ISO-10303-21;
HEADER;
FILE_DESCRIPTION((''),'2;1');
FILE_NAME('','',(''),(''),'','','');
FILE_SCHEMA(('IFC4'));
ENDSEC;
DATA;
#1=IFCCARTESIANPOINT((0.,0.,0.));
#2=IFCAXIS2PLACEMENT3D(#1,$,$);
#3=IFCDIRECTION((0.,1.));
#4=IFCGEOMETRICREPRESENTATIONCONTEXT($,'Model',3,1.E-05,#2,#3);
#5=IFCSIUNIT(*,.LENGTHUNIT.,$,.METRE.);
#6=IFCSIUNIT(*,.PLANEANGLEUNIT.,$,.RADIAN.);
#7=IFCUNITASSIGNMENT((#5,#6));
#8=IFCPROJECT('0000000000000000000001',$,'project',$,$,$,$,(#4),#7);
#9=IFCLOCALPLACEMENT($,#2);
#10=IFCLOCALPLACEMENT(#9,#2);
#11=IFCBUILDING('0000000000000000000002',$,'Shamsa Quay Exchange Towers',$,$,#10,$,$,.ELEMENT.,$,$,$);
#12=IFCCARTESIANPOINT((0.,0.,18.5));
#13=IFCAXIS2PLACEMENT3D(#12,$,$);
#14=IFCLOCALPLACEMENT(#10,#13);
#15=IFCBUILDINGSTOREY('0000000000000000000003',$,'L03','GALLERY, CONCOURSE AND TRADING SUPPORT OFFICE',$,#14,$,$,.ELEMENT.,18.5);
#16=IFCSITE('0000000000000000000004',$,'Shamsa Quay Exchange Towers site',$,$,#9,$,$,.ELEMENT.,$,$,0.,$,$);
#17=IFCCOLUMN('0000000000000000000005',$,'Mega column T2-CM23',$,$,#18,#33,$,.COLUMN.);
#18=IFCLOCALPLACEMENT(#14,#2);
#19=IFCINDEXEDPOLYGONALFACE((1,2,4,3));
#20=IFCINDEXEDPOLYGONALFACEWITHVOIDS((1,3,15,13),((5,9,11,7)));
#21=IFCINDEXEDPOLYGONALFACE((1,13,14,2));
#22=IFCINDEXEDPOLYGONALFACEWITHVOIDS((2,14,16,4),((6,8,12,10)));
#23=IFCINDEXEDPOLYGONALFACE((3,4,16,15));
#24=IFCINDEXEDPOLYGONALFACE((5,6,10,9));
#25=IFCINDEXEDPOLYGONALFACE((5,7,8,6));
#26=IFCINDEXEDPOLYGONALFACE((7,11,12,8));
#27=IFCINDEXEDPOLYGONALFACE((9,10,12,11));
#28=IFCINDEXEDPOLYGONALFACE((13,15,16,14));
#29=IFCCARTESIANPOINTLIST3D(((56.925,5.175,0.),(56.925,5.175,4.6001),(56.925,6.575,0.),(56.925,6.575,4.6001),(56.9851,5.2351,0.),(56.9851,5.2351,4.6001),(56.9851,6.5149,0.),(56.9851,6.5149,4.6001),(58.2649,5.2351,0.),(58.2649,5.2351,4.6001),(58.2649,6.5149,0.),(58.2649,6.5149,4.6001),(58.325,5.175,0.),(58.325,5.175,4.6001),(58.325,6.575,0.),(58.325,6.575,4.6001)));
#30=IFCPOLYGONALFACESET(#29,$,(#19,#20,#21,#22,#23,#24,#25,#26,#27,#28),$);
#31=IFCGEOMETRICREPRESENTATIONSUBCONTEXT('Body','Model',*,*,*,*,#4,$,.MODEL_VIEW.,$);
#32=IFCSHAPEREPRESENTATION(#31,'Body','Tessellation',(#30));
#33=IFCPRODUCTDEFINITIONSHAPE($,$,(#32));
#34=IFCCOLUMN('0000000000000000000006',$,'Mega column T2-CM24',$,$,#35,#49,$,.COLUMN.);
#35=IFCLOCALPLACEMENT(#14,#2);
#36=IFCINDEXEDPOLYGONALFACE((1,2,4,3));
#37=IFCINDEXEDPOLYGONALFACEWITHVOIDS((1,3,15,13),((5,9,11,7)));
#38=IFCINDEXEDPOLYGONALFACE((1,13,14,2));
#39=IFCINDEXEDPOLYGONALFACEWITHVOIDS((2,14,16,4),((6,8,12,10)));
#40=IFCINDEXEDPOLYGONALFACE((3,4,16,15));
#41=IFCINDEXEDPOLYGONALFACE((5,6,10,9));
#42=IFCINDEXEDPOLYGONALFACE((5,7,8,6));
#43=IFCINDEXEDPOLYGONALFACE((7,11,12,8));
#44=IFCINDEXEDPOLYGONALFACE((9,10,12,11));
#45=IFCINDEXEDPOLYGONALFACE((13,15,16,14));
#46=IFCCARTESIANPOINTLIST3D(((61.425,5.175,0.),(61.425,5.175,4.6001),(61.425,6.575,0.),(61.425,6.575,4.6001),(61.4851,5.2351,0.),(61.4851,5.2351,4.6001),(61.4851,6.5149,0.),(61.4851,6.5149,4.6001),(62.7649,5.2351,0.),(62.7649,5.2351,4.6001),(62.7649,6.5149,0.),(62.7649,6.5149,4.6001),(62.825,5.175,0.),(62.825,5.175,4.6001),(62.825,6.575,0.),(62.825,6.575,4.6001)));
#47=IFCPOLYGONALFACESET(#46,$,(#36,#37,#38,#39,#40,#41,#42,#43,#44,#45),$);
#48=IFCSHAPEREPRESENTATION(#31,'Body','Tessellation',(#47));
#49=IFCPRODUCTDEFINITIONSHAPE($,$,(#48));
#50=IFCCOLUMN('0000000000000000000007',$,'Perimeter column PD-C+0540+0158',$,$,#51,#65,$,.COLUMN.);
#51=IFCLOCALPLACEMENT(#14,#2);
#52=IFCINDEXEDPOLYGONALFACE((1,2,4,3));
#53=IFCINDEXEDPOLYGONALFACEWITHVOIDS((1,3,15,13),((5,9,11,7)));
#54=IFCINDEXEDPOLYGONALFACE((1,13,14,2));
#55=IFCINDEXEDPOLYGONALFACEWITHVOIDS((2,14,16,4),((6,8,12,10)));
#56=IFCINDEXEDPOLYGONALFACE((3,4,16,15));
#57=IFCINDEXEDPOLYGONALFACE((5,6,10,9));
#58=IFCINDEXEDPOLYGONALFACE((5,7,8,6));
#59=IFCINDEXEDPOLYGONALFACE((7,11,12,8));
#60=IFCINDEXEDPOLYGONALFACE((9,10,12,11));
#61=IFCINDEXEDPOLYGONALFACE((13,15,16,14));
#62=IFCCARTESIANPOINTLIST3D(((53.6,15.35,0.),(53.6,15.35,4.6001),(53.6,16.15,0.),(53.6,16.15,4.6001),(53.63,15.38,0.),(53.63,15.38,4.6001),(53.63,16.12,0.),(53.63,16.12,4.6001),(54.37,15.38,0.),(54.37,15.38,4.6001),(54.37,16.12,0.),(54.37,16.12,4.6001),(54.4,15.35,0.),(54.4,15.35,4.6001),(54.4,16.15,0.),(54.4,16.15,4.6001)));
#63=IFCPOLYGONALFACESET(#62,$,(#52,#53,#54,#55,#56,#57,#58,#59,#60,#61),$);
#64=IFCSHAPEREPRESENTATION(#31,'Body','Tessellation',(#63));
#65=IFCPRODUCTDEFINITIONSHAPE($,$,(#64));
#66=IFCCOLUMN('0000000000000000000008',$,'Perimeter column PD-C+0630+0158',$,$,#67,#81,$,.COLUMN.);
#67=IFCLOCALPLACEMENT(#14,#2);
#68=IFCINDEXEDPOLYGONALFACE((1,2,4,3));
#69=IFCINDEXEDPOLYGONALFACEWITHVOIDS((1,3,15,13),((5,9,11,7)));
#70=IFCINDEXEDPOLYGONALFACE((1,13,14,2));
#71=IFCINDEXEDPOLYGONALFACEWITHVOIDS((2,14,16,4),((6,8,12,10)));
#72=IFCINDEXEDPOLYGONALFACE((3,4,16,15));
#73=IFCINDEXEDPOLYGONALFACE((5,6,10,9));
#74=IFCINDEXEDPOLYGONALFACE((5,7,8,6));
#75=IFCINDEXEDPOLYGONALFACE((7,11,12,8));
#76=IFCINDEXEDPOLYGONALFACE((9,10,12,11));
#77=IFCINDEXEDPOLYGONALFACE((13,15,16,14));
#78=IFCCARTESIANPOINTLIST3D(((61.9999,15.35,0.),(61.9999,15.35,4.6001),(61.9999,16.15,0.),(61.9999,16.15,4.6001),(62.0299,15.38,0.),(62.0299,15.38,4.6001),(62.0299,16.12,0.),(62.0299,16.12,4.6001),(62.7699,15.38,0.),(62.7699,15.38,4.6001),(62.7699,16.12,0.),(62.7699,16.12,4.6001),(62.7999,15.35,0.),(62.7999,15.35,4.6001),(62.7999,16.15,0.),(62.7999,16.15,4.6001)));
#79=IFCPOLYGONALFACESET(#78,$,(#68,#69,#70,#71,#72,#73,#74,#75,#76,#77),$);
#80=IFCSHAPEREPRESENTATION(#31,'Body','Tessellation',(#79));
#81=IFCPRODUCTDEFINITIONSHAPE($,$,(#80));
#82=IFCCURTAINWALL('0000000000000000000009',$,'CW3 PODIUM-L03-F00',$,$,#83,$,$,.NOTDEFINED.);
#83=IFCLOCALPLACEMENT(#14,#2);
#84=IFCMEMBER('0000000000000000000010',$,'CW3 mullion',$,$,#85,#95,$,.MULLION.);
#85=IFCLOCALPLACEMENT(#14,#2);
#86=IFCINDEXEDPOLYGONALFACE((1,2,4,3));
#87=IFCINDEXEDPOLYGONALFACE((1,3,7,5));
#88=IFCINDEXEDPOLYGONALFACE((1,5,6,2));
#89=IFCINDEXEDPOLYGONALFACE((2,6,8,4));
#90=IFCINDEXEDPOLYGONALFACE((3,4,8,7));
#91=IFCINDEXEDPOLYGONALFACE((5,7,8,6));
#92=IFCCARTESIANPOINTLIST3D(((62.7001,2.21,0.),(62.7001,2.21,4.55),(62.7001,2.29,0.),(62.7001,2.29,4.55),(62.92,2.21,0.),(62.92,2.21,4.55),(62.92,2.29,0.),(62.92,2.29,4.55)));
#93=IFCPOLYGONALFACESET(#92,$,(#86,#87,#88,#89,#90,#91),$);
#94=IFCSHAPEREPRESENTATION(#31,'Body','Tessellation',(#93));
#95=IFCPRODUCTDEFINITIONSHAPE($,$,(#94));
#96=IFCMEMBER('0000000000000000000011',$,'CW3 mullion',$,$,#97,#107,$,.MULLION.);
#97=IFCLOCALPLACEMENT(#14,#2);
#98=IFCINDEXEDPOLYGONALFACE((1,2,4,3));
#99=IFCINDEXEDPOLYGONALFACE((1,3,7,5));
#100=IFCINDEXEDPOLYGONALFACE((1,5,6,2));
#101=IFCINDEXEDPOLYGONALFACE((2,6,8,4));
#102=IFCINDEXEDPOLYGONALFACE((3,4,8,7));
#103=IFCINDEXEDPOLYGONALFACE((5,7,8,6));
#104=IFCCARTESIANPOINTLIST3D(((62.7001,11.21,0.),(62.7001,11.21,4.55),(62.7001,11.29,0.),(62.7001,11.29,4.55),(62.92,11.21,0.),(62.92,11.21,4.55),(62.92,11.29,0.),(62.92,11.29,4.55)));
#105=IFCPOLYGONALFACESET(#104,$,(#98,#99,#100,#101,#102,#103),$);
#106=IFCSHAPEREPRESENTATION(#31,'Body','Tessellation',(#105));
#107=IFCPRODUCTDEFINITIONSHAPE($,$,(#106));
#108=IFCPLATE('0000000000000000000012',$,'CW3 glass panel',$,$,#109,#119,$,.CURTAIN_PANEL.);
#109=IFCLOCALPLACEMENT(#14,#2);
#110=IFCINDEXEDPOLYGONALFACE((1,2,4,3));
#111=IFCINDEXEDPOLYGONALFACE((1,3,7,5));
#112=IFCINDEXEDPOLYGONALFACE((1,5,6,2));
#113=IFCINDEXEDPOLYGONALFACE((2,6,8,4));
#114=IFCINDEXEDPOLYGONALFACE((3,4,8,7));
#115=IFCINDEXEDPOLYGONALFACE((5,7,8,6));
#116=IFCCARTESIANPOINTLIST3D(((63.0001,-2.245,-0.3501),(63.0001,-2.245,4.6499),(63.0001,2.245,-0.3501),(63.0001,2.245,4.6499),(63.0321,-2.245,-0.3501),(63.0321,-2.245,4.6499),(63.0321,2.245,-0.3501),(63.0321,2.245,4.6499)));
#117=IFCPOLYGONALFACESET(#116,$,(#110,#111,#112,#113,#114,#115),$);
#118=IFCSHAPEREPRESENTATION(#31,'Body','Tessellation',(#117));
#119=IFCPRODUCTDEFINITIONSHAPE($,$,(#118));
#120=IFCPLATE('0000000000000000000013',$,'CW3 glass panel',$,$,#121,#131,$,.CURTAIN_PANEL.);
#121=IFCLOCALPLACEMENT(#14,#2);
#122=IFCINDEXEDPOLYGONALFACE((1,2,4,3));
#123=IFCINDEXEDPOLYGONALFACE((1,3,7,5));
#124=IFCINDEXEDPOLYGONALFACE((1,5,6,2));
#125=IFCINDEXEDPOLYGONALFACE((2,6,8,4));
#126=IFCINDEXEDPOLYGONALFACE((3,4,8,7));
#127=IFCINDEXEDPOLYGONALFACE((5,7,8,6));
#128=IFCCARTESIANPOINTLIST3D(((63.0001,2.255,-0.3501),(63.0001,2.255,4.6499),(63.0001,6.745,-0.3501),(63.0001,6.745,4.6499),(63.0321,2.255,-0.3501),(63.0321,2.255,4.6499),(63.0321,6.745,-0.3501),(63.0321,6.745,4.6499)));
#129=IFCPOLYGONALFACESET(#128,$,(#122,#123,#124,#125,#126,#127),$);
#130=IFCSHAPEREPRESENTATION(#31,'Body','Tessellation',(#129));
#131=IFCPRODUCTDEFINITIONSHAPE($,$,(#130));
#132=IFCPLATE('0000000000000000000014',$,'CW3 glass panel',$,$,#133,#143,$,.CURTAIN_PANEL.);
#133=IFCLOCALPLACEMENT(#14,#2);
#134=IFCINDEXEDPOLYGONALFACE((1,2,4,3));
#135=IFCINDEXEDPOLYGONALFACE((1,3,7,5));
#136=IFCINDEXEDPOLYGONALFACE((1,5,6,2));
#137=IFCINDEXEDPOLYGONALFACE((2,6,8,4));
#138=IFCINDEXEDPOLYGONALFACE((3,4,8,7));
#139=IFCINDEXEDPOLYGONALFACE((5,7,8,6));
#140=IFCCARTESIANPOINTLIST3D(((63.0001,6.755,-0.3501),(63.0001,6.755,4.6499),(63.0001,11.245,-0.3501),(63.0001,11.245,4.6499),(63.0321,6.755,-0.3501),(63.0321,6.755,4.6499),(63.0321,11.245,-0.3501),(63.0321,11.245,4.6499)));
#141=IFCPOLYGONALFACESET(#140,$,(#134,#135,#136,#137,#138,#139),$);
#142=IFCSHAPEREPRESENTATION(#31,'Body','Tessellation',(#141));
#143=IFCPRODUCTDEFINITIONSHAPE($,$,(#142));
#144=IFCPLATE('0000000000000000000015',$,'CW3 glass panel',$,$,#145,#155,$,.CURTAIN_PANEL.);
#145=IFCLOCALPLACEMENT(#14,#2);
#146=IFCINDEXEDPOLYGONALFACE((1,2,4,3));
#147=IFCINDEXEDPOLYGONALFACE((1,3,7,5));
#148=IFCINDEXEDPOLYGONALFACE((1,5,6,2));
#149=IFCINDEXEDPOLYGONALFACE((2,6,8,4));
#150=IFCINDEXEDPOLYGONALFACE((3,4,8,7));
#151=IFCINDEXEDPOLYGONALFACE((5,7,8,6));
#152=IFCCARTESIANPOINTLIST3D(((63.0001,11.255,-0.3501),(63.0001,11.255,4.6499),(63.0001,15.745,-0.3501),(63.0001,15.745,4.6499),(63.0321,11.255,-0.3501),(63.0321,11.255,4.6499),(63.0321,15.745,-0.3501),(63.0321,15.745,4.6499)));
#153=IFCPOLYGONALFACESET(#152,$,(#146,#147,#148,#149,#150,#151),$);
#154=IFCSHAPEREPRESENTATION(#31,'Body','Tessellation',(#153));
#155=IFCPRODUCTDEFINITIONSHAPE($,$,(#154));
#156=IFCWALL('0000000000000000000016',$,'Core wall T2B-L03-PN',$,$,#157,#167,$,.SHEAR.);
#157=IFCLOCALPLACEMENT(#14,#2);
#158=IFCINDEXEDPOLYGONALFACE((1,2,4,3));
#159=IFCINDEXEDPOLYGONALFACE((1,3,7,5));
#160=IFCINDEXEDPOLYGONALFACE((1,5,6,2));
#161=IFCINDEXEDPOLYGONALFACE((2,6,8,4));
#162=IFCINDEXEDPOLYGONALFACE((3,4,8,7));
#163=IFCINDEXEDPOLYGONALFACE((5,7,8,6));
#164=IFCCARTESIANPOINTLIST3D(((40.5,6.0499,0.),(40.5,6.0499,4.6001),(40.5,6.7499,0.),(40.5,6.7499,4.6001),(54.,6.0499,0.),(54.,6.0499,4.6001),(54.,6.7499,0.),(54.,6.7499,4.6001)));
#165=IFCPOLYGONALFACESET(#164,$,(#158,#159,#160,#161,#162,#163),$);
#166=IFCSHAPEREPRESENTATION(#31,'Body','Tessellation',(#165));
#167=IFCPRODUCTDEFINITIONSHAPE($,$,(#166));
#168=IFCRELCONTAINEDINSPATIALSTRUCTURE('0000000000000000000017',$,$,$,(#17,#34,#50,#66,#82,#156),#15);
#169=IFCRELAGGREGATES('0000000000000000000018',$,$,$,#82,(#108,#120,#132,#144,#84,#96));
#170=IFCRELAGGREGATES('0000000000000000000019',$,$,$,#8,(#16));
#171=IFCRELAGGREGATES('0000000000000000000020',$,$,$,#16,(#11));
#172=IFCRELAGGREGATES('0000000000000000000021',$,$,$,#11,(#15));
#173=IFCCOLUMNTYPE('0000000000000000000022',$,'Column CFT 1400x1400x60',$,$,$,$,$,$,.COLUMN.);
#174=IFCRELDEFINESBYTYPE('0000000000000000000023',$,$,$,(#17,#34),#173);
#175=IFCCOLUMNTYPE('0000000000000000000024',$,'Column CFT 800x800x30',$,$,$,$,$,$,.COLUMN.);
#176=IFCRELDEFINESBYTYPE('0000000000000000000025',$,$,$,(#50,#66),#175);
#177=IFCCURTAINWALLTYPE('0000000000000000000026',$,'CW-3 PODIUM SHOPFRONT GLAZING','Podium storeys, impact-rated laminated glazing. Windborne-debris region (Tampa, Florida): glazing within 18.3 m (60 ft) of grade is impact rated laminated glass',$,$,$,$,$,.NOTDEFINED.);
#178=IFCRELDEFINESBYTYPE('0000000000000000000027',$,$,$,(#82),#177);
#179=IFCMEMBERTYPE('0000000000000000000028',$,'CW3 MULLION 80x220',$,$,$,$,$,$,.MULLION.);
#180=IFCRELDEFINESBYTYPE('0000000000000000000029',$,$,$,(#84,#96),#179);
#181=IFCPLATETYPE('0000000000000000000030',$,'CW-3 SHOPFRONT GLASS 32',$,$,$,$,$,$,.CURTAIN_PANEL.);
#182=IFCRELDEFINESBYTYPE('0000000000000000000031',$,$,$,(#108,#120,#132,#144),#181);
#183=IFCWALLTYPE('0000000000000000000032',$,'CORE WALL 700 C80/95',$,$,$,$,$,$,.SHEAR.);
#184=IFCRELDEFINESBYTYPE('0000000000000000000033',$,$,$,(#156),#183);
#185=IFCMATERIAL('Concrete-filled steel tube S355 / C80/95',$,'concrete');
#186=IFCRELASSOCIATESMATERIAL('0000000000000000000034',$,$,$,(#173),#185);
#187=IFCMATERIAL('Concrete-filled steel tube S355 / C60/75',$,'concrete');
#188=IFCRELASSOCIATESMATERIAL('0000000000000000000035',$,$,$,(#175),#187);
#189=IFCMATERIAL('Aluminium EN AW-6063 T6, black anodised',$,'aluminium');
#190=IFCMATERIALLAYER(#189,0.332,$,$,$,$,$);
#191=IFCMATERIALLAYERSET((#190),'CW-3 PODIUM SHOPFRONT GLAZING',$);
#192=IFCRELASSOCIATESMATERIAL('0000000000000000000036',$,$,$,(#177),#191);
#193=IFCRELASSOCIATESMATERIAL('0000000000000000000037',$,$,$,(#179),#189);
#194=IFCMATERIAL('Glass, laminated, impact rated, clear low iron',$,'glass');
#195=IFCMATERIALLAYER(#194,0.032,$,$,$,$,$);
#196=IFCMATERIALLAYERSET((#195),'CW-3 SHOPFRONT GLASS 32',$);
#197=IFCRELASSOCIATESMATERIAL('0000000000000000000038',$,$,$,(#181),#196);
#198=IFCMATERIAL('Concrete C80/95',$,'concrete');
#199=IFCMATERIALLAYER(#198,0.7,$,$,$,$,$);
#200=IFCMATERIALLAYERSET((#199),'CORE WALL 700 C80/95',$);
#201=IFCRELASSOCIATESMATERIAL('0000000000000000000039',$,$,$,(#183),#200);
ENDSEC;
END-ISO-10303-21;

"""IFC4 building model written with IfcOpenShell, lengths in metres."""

from ifc_helpers import new_model, si_unit, direction, frame, frame_2d, origin, origin_2d, place, context, subcontext, project, spatial, rectangle, hollow_rectangle, extrude, material, layer, layer_set, material_profile, profile_set, type_object, element, aggregate, save


model = new_model("IFC4")

# Units and contexts
model_context = context("Model", 3, precision=1e-05, world=origin(), true_north=direction((0.0, 1.0)))
body_context = subcontext(model_context, "Body", "Model", "MODEL_VIEW")
ifc_project = project(units=[si_unit("LENGTHUNIT", "METRE"), si_unit("PLANEANGLEUNIT", "RADIAN")], contexts=[model_context])

# Site, building, storey
site_placement = place(None, origin())
site = spatial("IfcSite", under=ifc_project, at=site_placement, Name="Shamsa Quay Exchange Towers site", CompositionType="ELEMENT", RefElevation=0.0)
building_placement = place(site_placement, origin())
building = spatial("IfcBuilding", under=site, at=building_placement, Name="Shamsa Quay Exchange Towers", CompositionType="ELEMENT")
storey_placement = place(building_placement, frame((0.0, 0.0, 18.5)))
storey = spatial("IfcBuildingStorey", under=building, at=storey_placement, Name="L03", Description="GALLERY, CONCOURSE AND TRADING SUPPORT OFFICE", CompositionType="ELEMENT", Elevation=18.5)

# Columns
ifc_material_1 = material(Name="Concrete-filled steel tube S355 / C80/95", Category="concrete")
ifc_material_profile_1 = material_profile(ifc_material_1, hollow_rectangle(XDim=1.3999, YDim=1.3999, WallThickness=0.0601, at=origin_2d()), Name="CFT 1400x1400x60")
ifc_profile_set_1 = profile_set([ifc_material_profile_1], Name="Concrete-filled steel tube S355 / C80/95")
column_type_1 = type_object("IfcColumnType", Name="Column CFT 1400x1400x60", PredefinedType="COLUMN", material=ifc_profile_set_1)
for number, where, name in (
    (1, (57.625, 5.875, 0.0), "Mega column T2-CM23"),
    (2, (62.125, 5.875, 0.0), "Mega column T2-CM24"),
):
    element("IfcColumn", number, at=place(storey_placement, frame(where)), inside=storey, type_object=column_type_1, Name=name, PredefinedType="COLUMN", context=body_context, shape_type="SweptSolid", body=[
        extrude(hollow_rectangle(XDim=1.3999, YDim=1.3999, WallThickness=0.0601, at=origin_2d()), origin(), (0.0, 0.0, 1.0), 4.6001),
    ])
ifc_material_2 = material(Name="Concrete-filled steel tube S355 / C60/75", Category="concrete")
ifc_material_profile_2 = material_profile(ifc_material_2, hollow_rectangle(XDim=0.8, YDim=0.8, WallThickness=0.03, at=origin_2d()), Name="CFT 800x800x30")
ifc_profile_set_2 = profile_set([ifc_material_profile_2], Name="Concrete-filled steel tube S355 / C60/75")
column_type_2 = type_object("IfcColumnType", Name="Column CFT 800x800x30", PredefinedType="COLUMN", material=ifc_profile_set_2)
for number, where, name in (
    (3, (54.0, 15.75, 0.0), "Perimeter column PD-C+0540+0158"),
    (4, (62.3999, 15.75, 0.0), "Perimeter column PD-C+0630+0158"),
):
    element("IfcColumn", number, at=place(storey_placement, frame(where)), inside=storey, type_object=column_type_2, Name=name, PredefinedType="COLUMN", context=body_context, shape_type="SweptSolid", body=[
        extrude(hollow_rectangle(XDim=0.8, YDim=0.8, WallThickness=0.03, at=origin_2d()), origin(), (0.0, 0.0, 1.0), 4.6001),
    ])

# Curtain wall, members, plates
ifc_material_3 = material(Name="Aluminium EN AW-6063 T6, black anodised", Category="aluminium")
ifc_layer_1 = layer(ifc_material_3, 0.332)
ifc_layer_set_1 = layer_set([ifc_layer_1], Name="CW-3 PODIUM SHOPFRONT GLAZING")
curtain_wall_type = type_object("IfcCurtainWallType", Name="CW-3 PODIUM SHOPFRONT GLAZING", Description="Podium storeys, impact-rated laminated glazing. Windborne-debris region (Tampa, Florida): glazing within 18.3 m (60 ft) of grade is impact rated laminated glass", PredefinedType="NOTDEFINED", material=ifc_layer_set_1)
curtain_wall_placement = place(storey_placement, origin())
curtain_wall = element("IfcCurtainWall", 5, at=curtain_wall_placement, inside=storey, type_object=curtain_wall_type, Name="CW3 PODIUM-L03-F00", PredefinedType="NOTDEFINED")
ifc_material_profile_3 = material_profile(ifc_material_3, rectangle(XDim=0.22, YDim=0.0801, at=origin_2d()), Name="MU80x220")
ifc_profile_set_3 = profile_set([ifc_material_profile_3], Name="Aluminium EN AW-6063 T6, black anodised")
member_type = type_object("IfcMemberType", Name="CW3 MULLION 80x220", PredefinedType="MULLION", material=ifc_profile_set_3)
member_1_placement = place(storey_placement, frame((62.8101, 2.25, 0.0), z_axis=(0.0, 0.0, 1.0), x_axis=(-1.0, 0.0, 0.0)))
member_1 = element("IfcMember", 6, at=member_1_placement, type_object=member_type, Name="CW3 mullion", PredefinedType="MULLION", context=body_context, shape_type="SweptSolid", body=[
    extrude(rectangle(XDim=0.22, YDim=0.0801, at=origin_2d()), origin(), (0.0, 0.0, 1.0), 4.55),
])
member_2_placement = place(storey_placement, frame((62.8101, 11.25, 0.0), z_axis=(0.0, 0.0, 1.0), x_axis=(-1.0, 0.0, 0.0)))
member_2 = element("IfcMember", 7, at=member_2_placement, type_object=member_type, Name="CW3 mullion", PredefinedType="MULLION", context=body_context, shape_type="SweptSolid", body=[
    extrude(rectangle(XDim=0.22, YDim=0.0801, at=origin_2d()), origin(), (0.0, 0.0, 1.0), 4.55),
])
ifc_material_4 = material(Name="Glass, laminated, impact rated, clear low iron", Category="glass")
ifc_layer_2 = layer(ifc_material_4, 0.032)
ifc_layer_set_2 = layer_set([ifc_layer_2], Name="CW-3 SHOPFRONT GLASS 32")
plate_type = type_object("IfcPlateType", Name="CW-3 SHOPFRONT GLASS 32", PredefinedType="CURTAIN_PANEL", material=ifc_layer_set_2)
plate_1_placement = place(storey_placement, frame((63.0161, 0.0, -0.3501), z_axis=(0.0, 0.0, 1.0), x_axis=(0.0, 1.0, 0.0)))
plate_1 = element("IfcPlate", 8, at=plate_1_placement, type_object=plate_type, Name="CW3 glass panel", PredefinedType="CURTAIN_PANEL", context=body_context, shape_type="SweptSolid", body=[
    extrude(rectangle(XDim=4.49, YDim=0.032, at=origin_2d()), origin(), (0.0, 0.0, 1.0), 5.0),
])
plate_2_placement = place(storey_placement, frame((63.0161, 4.5, -0.3501), z_axis=(0.0, 0.0, 1.0), x_axis=(0.0, 1.0, 0.0)))
plate_2 = element("IfcPlate", 9, at=plate_2_placement, type_object=plate_type, Name="CW3 glass panel", PredefinedType="CURTAIN_PANEL", context=body_context, shape_type="SweptSolid", body=[
    extrude(rectangle(XDim=4.49, YDim=0.032, at=origin_2d()), origin(), (0.0, 0.0, 1.0), 5.0),
])
plate_3_placement = place(storey_placement, frame((63.0161, 9.0, -0.3501), z_axis=(0.0, 0.0, 1.0), x_axis=(0.0, 1.0, 0.0)))
plate_3 = element("IfcPlate", 10, at=plate_3_placement, type_object=plate_type, Name="CW3 glass panel", PredefinedType="CURTAIN_PANEL", context=body_context, shape_type="SweptSolid", body=[
    extrude(rectangle(XDim=4.49, YDim=0.032, at=origin_2d()), origin(), (0.0, 0.0, 1.0), 5.0),
])
plate_4_placement = place(storey_placement, frame((63.0161, 13.5, -0.3501), z_axis=(0.0, 0.0, 1.0), x_axis=(0.0, 1.0, 0.0)))
plate_4 = element("IfcPlate", 11, at=plate_4_placement, type_object=plate_type, Name="CW3 glass panel", PredefinedType="CURTAIN_PANEL", context=body_context, shape_type="SweptSolid", body=[
    extrude(rectangle(XDim=4.49, YDim=0.032, at=origin_2d()), origin(), (0.0, 0.0, 1.0), 5.0),
])
aggregate(curtain_wall, [plate_1, plate_2, plate_3, plate_4, member_1, member_2])

# Wall
ifc_material_5 = material(Name="Concrete C80/95", Category="concrete")
ifc_layer_3 = layer(ifc_material_5, 0.7)
ifc_layer_set_3 = layer_set([ifc_layer_3], Name="CORE WALL 700 C80/95")
wall_type_1 = type_object("IfcWallType", Name="CORE WALL 700 C80/95", PredefinedType="SHEAR", material=ifc_layer_set_3)
wall_1_placement = place(storey_placement, frame((54.0, 6.3999, 0.0), z_axis=(0.0, 0.0, 1.0), x_axis=(-1.0, 0.0, 0.0)))
element("IfcWall", 12, at=wall_1_placement, inside=storey, type_object=wall_type_1, Name="Core wall T2B-L03-PN", PredefinedType="SHEAR", context=body_context, shape_type="SweptSolid", body=[
    extrude(rectangle(XDim=13.5, YDim=0.7, at=frame_2d((6.75, 0.0))), origin(), (0.0, 0.0, 1.0), 4.6001),
])

save(model, "model.ifc")
